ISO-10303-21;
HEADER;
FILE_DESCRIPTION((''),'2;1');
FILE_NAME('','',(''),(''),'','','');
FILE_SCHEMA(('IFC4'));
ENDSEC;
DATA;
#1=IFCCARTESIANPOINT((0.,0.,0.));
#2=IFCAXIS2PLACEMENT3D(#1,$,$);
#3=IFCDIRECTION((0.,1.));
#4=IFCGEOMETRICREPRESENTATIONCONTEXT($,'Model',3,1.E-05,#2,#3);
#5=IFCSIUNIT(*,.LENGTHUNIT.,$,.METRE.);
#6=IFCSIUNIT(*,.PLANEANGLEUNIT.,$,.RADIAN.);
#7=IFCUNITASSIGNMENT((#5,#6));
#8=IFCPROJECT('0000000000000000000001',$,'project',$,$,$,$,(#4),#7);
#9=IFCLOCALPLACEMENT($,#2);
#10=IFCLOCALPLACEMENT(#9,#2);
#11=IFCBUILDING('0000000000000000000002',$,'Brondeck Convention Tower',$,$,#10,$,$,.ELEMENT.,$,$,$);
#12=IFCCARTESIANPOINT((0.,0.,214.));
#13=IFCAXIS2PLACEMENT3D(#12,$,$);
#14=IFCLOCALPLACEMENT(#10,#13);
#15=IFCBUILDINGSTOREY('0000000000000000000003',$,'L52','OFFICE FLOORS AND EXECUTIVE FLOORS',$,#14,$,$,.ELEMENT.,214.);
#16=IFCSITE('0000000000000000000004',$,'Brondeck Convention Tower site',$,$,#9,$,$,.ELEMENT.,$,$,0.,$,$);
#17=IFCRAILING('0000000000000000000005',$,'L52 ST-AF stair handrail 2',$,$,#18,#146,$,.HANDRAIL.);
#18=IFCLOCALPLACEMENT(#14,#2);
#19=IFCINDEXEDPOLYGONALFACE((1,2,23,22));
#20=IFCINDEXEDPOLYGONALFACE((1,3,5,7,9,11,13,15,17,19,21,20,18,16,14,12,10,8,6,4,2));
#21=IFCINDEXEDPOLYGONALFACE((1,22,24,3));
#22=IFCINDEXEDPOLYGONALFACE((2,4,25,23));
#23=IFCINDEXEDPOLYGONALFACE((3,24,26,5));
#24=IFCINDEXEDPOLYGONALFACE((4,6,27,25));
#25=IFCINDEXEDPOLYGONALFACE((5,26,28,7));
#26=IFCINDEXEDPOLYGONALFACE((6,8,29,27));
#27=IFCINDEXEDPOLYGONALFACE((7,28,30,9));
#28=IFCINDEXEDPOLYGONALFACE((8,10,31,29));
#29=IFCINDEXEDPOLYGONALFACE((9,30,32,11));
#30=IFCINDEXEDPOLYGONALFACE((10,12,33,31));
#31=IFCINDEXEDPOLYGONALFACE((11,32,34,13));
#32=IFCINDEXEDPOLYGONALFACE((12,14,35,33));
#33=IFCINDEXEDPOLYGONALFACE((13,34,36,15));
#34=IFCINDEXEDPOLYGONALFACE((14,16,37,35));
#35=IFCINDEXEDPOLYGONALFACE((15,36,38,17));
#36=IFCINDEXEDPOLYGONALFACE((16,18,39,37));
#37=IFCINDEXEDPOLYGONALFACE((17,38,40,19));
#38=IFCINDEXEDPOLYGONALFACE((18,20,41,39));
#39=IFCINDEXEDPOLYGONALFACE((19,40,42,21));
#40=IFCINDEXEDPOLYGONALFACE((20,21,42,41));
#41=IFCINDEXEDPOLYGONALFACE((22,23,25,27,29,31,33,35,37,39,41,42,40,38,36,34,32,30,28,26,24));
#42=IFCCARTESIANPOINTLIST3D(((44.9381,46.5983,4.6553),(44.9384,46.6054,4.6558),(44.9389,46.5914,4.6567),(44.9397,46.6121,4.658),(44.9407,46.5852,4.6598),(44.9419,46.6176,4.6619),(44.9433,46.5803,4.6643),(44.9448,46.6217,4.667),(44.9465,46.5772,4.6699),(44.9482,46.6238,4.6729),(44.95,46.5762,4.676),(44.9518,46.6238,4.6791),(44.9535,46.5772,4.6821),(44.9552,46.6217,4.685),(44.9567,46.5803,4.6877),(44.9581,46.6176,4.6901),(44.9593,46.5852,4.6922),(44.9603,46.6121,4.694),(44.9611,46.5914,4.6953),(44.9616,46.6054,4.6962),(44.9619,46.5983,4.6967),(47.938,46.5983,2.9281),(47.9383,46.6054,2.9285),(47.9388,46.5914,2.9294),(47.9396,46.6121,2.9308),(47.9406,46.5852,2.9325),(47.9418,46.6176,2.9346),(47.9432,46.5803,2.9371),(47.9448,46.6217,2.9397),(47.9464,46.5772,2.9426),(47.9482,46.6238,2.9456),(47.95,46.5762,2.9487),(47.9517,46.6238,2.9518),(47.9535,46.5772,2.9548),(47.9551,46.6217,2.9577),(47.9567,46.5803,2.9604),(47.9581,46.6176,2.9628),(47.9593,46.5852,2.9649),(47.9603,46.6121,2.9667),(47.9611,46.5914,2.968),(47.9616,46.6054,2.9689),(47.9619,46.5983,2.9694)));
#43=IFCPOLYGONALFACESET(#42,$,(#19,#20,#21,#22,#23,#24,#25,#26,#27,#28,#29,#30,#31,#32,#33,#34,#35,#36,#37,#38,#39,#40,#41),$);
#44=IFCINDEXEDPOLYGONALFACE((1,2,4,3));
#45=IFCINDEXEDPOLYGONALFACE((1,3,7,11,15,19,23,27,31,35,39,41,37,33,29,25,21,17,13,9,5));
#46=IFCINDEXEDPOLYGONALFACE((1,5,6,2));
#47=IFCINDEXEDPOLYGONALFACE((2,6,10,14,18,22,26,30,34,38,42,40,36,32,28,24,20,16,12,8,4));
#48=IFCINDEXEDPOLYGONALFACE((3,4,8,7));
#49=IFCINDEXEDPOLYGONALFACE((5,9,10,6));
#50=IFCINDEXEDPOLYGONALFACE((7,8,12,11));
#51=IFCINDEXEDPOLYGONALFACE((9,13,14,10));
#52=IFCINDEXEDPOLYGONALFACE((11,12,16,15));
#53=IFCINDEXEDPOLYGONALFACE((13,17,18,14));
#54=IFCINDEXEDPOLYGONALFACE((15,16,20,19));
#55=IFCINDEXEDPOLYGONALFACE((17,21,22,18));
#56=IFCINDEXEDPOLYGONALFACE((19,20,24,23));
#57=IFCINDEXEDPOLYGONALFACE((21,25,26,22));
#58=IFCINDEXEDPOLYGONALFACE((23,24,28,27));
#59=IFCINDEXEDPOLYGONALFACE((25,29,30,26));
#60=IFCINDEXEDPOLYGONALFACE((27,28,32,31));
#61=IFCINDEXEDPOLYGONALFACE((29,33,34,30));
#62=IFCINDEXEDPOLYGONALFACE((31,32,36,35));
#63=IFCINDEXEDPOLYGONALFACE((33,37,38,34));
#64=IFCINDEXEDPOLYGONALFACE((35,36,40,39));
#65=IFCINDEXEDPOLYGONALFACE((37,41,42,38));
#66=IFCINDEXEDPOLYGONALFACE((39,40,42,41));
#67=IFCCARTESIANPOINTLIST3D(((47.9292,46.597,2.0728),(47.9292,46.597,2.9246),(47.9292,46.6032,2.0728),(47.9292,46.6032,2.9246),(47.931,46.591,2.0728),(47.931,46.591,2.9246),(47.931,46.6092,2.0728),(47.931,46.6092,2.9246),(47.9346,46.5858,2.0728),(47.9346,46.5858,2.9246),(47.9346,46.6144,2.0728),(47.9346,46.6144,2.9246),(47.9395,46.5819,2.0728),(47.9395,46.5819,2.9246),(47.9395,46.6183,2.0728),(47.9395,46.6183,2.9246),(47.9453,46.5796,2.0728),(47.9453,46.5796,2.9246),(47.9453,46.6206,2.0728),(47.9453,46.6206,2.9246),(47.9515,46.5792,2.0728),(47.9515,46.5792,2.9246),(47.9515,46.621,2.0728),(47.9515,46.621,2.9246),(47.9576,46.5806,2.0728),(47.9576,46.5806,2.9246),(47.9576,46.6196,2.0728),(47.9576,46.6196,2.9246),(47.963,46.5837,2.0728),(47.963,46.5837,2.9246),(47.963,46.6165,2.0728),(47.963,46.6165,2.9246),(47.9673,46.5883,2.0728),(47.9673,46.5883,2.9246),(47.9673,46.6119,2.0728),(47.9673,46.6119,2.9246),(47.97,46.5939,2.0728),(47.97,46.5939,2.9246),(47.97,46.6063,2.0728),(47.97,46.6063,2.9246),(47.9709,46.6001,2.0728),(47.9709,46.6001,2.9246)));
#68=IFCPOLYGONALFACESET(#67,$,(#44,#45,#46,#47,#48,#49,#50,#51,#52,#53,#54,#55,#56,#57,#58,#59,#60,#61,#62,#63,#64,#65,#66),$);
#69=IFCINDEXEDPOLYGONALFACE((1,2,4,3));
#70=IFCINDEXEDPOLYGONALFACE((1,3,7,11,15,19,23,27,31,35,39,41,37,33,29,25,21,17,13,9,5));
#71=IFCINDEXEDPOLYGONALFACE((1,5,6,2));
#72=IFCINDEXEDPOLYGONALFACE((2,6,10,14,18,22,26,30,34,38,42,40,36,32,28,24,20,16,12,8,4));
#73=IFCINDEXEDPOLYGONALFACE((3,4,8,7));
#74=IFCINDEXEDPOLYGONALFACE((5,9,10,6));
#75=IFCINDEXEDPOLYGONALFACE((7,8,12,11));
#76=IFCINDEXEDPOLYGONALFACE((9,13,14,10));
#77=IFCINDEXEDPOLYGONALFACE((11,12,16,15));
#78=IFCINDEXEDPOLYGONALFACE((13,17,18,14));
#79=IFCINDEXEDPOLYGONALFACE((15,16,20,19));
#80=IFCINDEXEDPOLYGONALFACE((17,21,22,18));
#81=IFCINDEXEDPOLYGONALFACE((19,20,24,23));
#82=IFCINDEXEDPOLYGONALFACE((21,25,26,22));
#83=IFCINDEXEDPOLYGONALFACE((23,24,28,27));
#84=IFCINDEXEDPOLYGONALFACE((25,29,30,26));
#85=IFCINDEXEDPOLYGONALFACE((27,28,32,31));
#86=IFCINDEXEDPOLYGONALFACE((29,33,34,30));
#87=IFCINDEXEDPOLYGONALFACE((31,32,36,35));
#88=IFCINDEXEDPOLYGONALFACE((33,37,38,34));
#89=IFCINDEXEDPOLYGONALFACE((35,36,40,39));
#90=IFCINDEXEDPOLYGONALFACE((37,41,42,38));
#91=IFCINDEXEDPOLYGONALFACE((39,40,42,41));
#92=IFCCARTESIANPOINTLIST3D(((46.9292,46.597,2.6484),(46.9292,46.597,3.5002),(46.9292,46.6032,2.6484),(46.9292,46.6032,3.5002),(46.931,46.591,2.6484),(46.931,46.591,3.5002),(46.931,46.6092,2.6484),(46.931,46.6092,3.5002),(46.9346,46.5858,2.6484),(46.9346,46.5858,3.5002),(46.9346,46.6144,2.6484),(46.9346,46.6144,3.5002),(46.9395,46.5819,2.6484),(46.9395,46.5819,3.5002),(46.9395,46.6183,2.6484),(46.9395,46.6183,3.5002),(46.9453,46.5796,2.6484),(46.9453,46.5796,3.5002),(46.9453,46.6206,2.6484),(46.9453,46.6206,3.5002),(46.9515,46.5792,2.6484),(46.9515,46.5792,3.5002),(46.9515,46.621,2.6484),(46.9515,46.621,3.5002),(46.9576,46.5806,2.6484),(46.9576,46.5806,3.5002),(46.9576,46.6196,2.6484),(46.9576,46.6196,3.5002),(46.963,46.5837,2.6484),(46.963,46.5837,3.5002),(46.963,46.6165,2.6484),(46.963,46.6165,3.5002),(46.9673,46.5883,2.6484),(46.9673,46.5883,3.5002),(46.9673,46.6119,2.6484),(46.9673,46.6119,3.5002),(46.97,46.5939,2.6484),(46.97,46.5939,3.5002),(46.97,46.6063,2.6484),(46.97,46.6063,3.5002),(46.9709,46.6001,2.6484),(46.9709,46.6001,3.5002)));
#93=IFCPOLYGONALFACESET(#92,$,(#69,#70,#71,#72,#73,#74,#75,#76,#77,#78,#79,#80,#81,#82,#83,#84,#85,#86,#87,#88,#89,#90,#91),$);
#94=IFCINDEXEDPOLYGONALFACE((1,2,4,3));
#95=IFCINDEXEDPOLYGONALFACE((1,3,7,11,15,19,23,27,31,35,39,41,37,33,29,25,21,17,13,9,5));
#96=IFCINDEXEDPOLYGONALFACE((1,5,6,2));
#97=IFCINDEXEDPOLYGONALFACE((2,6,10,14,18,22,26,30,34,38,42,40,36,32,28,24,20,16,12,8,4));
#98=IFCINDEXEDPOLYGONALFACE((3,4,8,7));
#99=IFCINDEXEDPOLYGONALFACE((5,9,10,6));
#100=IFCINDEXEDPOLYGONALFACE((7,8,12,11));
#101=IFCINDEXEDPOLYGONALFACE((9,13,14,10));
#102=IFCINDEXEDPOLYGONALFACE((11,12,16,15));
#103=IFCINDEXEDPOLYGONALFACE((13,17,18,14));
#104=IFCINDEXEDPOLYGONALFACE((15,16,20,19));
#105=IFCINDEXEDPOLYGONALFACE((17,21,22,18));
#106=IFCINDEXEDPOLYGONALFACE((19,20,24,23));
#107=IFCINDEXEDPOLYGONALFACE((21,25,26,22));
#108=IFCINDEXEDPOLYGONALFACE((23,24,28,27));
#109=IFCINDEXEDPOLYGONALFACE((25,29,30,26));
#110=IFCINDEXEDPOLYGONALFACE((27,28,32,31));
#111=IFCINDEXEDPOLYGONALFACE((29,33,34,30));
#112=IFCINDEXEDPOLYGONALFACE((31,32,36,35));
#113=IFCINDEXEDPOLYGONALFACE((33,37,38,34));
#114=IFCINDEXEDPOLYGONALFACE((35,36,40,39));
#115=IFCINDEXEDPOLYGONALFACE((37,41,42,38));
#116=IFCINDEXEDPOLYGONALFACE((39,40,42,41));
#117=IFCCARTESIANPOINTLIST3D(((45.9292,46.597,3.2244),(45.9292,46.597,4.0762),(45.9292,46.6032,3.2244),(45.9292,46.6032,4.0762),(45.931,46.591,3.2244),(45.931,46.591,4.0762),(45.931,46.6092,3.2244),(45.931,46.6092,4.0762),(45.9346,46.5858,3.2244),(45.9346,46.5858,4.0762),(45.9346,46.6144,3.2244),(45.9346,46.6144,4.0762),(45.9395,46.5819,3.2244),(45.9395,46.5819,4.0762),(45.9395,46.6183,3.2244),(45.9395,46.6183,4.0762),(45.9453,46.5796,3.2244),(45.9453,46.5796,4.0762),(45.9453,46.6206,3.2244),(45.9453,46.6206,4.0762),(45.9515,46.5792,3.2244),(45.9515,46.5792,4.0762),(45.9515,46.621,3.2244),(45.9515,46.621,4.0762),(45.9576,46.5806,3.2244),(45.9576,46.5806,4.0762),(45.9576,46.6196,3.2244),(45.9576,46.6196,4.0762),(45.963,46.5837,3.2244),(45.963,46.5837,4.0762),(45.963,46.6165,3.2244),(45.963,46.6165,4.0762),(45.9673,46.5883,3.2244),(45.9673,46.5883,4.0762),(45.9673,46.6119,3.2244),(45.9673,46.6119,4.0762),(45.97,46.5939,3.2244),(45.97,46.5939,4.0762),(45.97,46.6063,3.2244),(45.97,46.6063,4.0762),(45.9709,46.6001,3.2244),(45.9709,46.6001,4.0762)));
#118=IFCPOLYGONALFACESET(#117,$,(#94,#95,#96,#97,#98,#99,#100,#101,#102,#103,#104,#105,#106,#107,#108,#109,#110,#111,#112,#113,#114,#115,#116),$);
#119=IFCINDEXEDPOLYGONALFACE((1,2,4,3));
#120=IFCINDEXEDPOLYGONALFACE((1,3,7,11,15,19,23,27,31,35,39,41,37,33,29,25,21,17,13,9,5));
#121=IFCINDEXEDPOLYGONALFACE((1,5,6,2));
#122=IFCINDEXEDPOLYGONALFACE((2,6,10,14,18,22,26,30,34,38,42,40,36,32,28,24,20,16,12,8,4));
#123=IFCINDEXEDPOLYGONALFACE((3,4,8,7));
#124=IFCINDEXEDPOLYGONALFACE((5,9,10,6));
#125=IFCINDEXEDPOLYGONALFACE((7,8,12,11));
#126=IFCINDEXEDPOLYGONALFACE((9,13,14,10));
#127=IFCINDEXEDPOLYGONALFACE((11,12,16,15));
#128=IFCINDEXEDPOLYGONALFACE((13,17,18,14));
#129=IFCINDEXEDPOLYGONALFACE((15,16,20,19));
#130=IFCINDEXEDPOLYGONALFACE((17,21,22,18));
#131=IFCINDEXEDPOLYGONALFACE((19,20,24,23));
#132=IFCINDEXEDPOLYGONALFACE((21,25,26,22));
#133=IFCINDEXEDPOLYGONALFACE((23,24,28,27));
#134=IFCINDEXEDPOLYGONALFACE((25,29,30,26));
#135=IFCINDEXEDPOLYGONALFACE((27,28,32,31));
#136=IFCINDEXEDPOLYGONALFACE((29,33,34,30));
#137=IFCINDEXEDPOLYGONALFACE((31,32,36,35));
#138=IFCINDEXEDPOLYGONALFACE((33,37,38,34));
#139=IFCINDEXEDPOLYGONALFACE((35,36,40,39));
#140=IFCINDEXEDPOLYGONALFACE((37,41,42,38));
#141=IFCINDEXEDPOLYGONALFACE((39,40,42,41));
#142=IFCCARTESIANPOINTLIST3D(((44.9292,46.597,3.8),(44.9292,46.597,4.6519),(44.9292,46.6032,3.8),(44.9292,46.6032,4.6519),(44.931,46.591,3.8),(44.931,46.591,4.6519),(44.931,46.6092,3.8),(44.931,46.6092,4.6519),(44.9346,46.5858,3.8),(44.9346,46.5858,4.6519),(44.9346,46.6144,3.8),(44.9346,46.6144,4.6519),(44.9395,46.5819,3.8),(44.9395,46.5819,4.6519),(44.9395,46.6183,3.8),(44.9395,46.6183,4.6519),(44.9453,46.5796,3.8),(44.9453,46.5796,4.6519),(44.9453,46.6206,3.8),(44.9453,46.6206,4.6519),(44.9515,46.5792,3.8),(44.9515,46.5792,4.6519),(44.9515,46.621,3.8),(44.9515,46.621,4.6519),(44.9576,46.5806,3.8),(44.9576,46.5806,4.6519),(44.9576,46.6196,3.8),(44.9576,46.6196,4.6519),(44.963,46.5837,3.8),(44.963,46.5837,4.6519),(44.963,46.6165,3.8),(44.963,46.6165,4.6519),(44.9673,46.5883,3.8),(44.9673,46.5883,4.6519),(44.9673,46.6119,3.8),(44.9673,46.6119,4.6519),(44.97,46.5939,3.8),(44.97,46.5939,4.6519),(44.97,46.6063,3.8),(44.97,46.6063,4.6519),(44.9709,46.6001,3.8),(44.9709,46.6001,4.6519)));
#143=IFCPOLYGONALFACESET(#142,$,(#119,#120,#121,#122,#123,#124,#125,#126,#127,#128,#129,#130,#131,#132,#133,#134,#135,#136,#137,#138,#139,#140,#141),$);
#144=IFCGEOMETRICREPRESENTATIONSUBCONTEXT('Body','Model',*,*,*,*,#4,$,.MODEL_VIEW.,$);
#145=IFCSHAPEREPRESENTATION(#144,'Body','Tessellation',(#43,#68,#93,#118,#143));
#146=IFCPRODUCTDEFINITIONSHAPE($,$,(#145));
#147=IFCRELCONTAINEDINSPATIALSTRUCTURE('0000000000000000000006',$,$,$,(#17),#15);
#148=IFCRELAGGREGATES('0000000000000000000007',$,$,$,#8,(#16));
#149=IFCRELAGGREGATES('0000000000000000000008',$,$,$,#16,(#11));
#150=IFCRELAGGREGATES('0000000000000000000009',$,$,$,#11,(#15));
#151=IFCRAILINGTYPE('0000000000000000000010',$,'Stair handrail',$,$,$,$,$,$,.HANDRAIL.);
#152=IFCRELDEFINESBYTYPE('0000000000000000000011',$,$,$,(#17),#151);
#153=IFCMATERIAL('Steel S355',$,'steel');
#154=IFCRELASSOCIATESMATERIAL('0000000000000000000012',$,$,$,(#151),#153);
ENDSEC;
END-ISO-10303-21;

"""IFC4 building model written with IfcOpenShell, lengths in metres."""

from ifc_helpers import new_model, si_unit, direction, frame, origin, origin_2d, place, context, subcontext, project, spatial, circle, extrude, material, type_object, element, save


model = new_model("IFC4")

# Units and contexts
model_context = context("Model", 3, precision=1e-05, world=origin(), true_north=direction((0.0, 1.0)))
body_context = subcontext(model_context, "Body", "Model", "MODEL_VIEW")
ifc_project = project(units=[si_unit("LENGTHUNIT", "METRE"), si_unit("PLANEANGLEUNIT", "RADIAN")], contexts=[model_context])

# Site, building, storey
site_placement = place(None, origin())
site = spatial("IfcSite", under=ifc_project, at=site_placement, Name="Brondeck Convention Tower site", CompositionType="ELEMENT", RefElevation=0.0)
building_placement = place(site_placement, origin())
building = spatial("IfcBuilding", under=site, at=building_placement, Name="Brondeck Convention Tower", CompositionType="ELEMENT")
storey_placement = place(building_placement, frame((0.0, 0.0, 214.0)))
storey = spatial("IfcBuildingStorey", under=building, at=storey_placement, Name="L52", Description="OFFICE FLOORS AND EXECUTIVE FLOORS", CompositionType="ELEMENT", Elevation=214.0)

# Shared definitions
ifc_material_1 = material(Name="Steel S355", Category="steel")

# Railing
railing_type_1 = type_object("IfcRailingType", Name="Stair handrail", PredefinedType="HANDRAIL", material=ifc_material_1)
railing_1_placement = place(storey_placement, frame((47.95, 46.6001, 2.0728)))
element("IfcRailing", 1, at=railing_1_placement, inside=storey, type_object=railing_type_1, Name="L52 ST-AF stair handrail 2", PredefinedType="HANDRAIL", context=body_context, shape_type="SweptSolid", body=[
    extrude(circle(Radius=0.0239, at=origin_2d()), frame((0.0, 0.0, 0.876), z_axis=(-0.86662, 0.0, 0.498969), x_axis=(0.0, -1.0, 0.0)), (0.0, 0.0, 1.0), 3.4617),
    extrude(circle(Radius=0.021, at=origin_2d()), origin(), (0.0, 0.0, 1.0), 0.8518),
    extrude(circle(Radius=0.021, at=origin_2d()), frame((-1.0, 0.0, 0.5757)), (0.0, 0.0, 1.0), 0.8518),
    extrude(circle(Radius=0.021, at=origin_2d()), frame((-2.0, 0.0, 1.1516)), (0.0, 0.0, 1.0), 0.8518),
    extrude(circle(Radius=0.021, at=origin_2d()), frame((-3.0, 0.0, 1.7273)), (0.0, 0.0, 1.0), 0.8518),
])

save(model, "model.ifc")
